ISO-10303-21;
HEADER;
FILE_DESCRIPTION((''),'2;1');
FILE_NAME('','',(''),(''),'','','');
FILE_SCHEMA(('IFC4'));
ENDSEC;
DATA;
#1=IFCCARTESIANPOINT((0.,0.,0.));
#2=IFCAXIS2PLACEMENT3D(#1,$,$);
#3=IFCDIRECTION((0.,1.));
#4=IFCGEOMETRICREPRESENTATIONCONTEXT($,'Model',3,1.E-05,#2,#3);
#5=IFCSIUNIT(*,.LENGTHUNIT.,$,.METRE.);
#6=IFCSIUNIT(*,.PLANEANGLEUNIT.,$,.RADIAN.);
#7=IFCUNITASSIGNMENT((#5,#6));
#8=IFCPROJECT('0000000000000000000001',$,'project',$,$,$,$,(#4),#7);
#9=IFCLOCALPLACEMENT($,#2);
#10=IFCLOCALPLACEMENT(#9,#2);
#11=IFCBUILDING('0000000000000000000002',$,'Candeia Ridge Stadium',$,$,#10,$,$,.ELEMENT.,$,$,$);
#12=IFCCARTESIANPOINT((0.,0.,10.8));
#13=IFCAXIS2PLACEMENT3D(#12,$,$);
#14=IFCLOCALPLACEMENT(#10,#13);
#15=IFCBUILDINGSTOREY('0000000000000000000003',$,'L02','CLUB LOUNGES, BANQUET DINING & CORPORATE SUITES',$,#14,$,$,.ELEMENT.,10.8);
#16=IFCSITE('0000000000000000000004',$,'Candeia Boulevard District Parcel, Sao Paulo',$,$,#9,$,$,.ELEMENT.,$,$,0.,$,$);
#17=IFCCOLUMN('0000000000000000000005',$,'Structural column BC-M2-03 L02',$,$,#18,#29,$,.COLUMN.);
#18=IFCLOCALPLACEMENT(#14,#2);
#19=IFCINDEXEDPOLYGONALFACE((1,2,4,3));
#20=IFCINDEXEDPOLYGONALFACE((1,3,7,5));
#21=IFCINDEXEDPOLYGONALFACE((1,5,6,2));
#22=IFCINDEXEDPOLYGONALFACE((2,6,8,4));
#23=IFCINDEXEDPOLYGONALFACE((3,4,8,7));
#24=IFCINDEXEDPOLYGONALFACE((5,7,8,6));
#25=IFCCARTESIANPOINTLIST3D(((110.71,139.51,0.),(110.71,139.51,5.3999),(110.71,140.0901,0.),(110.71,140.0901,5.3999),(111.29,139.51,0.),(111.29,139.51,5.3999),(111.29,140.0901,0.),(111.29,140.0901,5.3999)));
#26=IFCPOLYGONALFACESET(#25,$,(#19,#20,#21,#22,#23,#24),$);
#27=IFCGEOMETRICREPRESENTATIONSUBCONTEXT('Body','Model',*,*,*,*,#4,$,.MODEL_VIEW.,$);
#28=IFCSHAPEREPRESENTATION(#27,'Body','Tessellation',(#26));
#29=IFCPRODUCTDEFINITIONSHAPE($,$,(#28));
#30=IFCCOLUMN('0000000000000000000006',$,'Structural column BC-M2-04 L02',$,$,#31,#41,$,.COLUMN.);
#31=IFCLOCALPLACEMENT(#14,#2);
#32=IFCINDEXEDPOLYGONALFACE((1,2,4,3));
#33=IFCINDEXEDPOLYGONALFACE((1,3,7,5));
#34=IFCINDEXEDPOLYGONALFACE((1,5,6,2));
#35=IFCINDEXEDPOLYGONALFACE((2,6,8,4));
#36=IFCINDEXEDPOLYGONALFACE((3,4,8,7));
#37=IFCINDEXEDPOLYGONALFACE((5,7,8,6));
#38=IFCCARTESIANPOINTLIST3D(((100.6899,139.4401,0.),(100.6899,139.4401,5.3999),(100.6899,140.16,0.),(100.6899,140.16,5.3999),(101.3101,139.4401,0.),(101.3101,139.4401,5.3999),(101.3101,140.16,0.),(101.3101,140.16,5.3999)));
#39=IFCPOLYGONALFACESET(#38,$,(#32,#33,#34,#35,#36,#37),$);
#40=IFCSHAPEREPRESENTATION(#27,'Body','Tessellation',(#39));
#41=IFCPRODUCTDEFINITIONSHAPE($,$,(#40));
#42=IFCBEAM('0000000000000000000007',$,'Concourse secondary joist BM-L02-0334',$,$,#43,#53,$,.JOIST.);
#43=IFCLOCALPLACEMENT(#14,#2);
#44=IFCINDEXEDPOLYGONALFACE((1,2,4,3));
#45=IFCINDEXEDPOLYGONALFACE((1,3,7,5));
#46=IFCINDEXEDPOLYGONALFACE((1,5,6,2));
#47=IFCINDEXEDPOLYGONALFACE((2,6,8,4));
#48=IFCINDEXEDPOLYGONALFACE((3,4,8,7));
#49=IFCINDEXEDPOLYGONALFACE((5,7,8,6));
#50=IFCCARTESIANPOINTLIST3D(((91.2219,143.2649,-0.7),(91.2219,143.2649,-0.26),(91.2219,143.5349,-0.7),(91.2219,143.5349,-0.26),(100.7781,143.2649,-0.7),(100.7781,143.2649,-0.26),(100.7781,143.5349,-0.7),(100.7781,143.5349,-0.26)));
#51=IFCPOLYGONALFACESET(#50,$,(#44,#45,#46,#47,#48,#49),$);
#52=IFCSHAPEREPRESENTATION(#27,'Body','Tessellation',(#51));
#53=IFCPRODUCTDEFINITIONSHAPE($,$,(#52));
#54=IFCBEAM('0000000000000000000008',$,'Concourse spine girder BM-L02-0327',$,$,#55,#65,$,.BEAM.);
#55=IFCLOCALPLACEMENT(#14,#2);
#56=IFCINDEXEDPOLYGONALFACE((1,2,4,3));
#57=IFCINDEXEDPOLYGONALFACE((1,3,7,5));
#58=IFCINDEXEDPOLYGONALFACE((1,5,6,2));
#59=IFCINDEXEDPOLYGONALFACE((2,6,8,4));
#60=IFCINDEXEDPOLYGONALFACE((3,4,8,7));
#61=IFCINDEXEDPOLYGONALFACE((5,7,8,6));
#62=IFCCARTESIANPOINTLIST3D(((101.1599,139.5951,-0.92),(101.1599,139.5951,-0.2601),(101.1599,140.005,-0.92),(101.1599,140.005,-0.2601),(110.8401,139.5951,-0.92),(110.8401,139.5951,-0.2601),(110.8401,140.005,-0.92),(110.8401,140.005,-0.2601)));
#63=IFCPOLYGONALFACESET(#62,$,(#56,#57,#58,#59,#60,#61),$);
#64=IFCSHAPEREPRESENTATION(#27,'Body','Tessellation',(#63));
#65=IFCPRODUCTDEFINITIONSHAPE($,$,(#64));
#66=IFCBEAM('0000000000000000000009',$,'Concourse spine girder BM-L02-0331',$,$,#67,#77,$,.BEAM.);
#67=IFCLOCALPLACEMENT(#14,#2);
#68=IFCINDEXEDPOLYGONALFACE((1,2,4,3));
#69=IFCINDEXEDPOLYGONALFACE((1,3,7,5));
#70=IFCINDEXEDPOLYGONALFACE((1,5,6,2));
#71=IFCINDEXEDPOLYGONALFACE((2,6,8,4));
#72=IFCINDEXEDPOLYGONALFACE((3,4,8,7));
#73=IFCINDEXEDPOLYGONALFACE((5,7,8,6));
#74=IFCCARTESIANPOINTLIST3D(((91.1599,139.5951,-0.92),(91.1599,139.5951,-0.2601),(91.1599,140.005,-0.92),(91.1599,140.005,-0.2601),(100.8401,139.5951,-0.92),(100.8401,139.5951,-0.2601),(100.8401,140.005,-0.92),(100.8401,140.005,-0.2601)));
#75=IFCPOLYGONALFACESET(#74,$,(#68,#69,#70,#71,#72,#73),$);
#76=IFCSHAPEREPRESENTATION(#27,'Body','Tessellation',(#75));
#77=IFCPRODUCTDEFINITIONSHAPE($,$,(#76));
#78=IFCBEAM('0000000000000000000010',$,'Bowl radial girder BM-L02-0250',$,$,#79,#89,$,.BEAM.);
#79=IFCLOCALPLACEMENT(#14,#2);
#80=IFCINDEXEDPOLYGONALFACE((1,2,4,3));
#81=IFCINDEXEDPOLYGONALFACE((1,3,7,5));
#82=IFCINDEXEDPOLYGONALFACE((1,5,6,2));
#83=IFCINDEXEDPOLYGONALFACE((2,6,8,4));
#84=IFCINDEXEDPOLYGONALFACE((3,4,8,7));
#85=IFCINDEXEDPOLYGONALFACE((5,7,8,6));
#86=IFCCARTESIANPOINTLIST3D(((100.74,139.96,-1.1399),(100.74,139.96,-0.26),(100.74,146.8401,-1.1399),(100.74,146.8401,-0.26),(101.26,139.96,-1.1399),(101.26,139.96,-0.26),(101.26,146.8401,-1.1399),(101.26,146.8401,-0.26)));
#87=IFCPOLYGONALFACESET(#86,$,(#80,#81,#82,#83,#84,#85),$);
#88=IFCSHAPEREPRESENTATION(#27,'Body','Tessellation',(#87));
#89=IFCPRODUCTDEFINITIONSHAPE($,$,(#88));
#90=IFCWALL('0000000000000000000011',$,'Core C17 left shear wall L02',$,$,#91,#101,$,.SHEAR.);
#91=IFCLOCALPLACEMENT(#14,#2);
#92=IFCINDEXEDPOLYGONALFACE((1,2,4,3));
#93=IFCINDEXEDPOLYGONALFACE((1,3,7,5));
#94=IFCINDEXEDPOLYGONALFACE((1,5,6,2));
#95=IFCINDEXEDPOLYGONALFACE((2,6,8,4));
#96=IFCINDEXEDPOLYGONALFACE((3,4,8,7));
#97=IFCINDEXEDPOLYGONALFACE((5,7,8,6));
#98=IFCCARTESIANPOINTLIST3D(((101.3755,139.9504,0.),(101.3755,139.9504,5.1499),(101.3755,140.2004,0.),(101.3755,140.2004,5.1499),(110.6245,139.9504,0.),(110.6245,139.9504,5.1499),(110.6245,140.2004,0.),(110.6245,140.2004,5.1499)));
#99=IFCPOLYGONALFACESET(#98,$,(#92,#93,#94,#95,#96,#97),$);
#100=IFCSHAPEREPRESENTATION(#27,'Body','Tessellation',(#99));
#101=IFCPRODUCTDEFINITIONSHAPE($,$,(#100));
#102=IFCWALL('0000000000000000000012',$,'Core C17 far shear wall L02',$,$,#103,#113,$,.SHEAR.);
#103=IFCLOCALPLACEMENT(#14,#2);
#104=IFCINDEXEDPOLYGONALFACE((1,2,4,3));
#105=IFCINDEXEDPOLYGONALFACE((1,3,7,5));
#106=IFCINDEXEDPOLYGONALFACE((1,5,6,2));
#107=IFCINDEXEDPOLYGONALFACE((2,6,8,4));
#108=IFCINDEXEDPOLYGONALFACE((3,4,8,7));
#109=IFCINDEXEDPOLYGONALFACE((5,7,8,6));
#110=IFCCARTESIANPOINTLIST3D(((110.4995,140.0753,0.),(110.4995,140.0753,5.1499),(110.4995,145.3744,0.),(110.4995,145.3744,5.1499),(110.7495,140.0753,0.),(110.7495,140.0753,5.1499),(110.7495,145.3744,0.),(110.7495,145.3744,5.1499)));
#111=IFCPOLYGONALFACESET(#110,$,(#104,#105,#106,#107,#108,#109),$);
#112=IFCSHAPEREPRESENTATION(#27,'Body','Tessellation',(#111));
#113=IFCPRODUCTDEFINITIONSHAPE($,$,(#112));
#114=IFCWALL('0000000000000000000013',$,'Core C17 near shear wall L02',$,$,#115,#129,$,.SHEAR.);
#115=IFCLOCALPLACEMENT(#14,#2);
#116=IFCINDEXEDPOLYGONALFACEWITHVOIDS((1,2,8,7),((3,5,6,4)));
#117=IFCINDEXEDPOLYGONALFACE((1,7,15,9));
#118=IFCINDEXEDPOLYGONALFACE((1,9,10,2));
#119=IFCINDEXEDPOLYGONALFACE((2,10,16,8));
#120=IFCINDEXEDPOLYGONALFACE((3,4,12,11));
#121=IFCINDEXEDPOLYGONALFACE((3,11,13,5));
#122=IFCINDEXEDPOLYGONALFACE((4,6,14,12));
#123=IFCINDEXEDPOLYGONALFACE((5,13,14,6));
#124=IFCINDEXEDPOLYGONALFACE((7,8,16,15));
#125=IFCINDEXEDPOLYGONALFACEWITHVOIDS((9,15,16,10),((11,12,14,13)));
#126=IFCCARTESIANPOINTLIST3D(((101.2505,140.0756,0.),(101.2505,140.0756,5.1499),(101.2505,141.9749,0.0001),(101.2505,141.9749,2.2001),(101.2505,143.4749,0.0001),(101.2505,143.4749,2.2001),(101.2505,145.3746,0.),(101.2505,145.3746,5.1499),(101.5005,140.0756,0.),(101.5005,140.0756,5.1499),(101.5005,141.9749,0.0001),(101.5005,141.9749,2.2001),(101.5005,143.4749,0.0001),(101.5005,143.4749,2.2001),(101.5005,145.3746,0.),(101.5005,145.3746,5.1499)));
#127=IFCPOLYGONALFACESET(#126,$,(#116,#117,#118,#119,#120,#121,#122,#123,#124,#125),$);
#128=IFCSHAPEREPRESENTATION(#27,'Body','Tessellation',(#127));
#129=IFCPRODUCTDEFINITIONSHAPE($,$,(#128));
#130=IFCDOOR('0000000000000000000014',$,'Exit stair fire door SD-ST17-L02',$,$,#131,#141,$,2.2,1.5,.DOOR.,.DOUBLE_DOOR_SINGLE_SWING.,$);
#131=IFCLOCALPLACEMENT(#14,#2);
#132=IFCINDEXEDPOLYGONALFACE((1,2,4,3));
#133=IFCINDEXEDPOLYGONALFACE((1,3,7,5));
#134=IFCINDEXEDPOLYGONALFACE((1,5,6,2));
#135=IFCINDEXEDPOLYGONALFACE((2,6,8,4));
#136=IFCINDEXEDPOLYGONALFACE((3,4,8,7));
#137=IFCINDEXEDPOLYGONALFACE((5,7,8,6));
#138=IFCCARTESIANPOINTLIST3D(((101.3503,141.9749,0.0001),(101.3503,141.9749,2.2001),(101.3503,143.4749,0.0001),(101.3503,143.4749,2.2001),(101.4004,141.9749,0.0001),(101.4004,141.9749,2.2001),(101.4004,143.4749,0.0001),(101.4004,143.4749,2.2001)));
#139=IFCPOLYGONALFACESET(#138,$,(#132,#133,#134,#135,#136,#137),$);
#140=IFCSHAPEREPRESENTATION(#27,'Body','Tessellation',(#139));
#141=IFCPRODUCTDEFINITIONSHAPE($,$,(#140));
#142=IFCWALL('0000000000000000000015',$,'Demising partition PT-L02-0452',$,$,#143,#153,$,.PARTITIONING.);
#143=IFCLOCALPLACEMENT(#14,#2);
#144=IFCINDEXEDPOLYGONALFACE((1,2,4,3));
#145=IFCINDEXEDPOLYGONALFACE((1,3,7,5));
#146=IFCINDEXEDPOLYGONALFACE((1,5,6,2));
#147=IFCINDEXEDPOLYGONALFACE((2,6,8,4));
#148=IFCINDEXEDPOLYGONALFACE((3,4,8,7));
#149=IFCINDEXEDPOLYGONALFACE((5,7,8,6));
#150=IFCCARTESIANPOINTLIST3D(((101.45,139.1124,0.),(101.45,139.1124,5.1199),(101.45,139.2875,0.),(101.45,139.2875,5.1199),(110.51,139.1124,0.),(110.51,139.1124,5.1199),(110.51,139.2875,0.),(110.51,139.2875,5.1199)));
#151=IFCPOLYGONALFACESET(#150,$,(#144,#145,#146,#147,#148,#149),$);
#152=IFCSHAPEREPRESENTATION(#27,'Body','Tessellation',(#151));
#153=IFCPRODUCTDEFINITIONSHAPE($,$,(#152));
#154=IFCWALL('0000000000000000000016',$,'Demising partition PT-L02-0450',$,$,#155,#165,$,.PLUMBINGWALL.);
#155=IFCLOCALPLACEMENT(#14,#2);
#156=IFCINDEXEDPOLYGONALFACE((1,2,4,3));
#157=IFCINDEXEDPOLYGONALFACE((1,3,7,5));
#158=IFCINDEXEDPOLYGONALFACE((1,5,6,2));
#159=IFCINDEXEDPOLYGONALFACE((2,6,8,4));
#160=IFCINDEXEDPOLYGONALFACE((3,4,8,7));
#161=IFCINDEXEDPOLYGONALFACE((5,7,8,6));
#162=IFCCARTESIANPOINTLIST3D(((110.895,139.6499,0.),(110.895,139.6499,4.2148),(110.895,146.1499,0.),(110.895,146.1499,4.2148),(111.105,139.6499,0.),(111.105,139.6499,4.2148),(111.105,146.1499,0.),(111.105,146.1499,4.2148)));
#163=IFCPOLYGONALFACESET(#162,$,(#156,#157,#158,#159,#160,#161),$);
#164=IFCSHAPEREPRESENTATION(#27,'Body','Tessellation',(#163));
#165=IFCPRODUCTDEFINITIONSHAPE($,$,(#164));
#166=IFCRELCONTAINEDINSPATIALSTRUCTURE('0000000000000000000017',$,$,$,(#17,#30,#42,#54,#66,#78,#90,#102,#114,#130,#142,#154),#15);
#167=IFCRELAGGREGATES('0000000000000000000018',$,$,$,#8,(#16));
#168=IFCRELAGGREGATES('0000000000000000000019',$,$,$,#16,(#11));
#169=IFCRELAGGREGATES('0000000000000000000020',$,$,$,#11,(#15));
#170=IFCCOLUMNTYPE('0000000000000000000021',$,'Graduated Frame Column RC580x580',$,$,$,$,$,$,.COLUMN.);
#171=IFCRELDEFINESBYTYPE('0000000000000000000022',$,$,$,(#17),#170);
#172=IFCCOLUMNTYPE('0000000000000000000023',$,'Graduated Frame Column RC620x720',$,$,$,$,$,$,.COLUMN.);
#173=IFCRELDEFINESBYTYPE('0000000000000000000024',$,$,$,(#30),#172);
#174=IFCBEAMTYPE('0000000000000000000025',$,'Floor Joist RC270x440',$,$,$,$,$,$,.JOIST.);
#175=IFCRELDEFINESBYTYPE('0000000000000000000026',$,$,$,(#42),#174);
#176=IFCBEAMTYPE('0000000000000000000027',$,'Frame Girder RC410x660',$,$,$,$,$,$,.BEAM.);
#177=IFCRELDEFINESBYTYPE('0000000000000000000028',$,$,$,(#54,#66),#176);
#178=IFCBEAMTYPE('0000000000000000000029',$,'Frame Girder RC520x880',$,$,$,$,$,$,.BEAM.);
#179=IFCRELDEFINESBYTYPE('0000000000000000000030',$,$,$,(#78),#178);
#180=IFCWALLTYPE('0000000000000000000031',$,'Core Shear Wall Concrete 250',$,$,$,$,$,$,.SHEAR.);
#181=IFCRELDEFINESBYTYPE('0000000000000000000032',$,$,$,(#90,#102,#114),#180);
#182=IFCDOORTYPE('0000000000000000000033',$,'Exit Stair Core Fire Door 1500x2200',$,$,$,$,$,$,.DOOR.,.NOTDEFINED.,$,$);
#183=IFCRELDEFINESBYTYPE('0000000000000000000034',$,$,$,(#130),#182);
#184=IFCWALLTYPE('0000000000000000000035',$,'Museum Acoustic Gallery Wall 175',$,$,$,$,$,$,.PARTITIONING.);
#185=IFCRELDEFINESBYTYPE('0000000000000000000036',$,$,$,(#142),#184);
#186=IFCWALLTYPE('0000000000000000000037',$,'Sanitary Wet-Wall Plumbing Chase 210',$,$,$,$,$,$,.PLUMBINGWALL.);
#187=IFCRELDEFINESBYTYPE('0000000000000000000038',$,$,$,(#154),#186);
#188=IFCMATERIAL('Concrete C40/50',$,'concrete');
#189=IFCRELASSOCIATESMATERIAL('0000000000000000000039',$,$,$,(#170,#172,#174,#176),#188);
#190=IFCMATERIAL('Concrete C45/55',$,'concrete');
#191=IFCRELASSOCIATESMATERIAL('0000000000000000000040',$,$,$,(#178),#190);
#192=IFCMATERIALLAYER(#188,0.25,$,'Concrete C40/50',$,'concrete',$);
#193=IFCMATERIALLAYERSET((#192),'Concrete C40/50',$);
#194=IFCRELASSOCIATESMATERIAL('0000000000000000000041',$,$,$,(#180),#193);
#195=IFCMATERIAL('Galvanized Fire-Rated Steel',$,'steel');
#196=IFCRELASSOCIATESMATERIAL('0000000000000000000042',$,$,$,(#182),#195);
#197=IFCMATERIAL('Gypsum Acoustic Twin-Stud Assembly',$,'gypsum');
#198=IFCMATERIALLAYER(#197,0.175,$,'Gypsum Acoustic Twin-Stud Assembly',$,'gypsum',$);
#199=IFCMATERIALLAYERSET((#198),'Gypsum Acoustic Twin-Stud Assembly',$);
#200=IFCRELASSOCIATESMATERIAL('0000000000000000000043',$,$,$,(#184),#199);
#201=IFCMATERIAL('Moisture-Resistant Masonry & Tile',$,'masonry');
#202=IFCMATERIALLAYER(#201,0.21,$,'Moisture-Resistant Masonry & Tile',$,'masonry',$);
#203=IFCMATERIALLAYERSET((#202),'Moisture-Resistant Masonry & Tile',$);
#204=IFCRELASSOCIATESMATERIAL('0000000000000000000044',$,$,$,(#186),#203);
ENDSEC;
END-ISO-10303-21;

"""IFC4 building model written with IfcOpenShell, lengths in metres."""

from ifc_helpers import new_model, si_unit, direction, frame, frame_2d, origin, origin_2d, place, context, subcontext, project, spatial, rectangle, extrude, material, layer, layer_set, material_profile, profile_set, type_object, element, fill, save


model = new_model("IFC4")

# Units and contexts
model_context = context("Model", 3, precision=1e-05, world=origin(), true_north=direction((0.0, 1.0)))
body_context = subcontext(model_context, "Body", "Model", "MODEL_VIEW")
ifc_project = project(units=[si_unit("LENGTHUNIT", "METRE"), si_unit("PLANEANGLEUNIT", "RADIAN")], contexts=[model_context])

# Site, building, storey
site_placement = place(None, origin())
site = spatial("IfcSite", under=ifc_project, at=site_placement, Name="Candeia Boulevard District Parcel, Sao Paulo", CompositionType="ELEMENT", RefElevation=0.0)
building_placement = place(site_placement, origin())
building = spatial("IfcBuilding", under=site, at=building_placement, Name="Candeia Ridge Stadium", CompositionType="ELEMENT")
storey_placement = place(building_placement, frame((0.0, 0.0, 10.8)))
storey = spatial("IfcBuildingStorey", under=building, at=storey_placement, Name="L02", Description="CLUB LOUNGES, BANQUET DINING & CORPORATE SUITES", CompositionType="ELEMENT", Elevation=10.8)

# Columns
ifc_material_1 = material(Name="Concrete C40/50", Category="concrete")
ifc_material_profile_1 = material_profile(ifc_material_1, rectangle(XDim=0.5801, YDim=0.5801, at=origin_2d()), Name="RC580x580", Category="concrete")
ifc_profile_set_1 = profile_set([ifc_material_profile_1], Name="Concrete C40/50")
column_type_1 = type_object("IfcColumnType", Name="Graduated Frame Column RC580x580", PredefinedType="COLUMN", material=ifc_profile_set_1)
column_1_placement = place(storey_placement, frame((111.0, 139.8, 0.0), z_axis=(0.0, 0.0, 1.0), x_axis=(1.0, 0.0, 0.0)))
element("IfcColumn", 1, at=column_1_placement, inside=storey, type_object=column_type_1, Name="Structural column BC-M2-03 L02", PredefinedType="COLUMN", context=body_context, shape_type="SweptSolid", body=[
    extrude(rectangle(XDim=0.5801, YDim=0.5801, at=origin_2d()), origin(), (0.0, 0.0, 1.0), 5.3999),
])
ifc_material_profile_2 = material_profile(ifc_material_1, rectangle(XDim=0.6201, YDim=0.72, at=origin_2d()), Name="RC620x720", Category="concrete")
ifc_profile_set_2 = profile_set([ifc_material_profile_2], Name="Concrete C40/50")
column_type_2 = type_object("IfcColumnType", Name="Graduated Frame Column RC620x720", PredefinedType="COLUMN", material=ifc_profile_set_2)
column_2_placement = place(storey_placement, frame((101.0, 139.8, 0.0), z_axis=(0.0, 0.0, 1.0), x_axis=(1.0, 0.0, 0.0)))
element("IfcColumn", 2, at=column_2_placement, inside=storey, type_object=column_type_2, Name="Structural column BC-M2-04 L02", PredefinedType="COLUMN", context=body_context, shape_type="SweptSolid", body=[
    extrude(rectangle(XDim=0.6201, YDim=0.72, at=origin_2d()), origin(), (0.0, 0.0, 1.0), 5.3999),
])

# Beams
ifc_material_profile_3 = material_profile(ifc_material_1, rectangle(XDim=0.27, YDim=0.4399, at=origin_2d()), Name="RC270x440", Category="concrete")
ifc_profile_set_3 = profile_set([ifc_material_profile_3], Name="Concrete C40/50")
beam_type_1 = type_object("IfcBeamType", Name="Floor Joist RC270x440", PredefinedType="JOIST", material=ifc_profile_set_3)
beam_1_placement = place(storey_placement, frame((100.7781, 143.3999, -0.48), z_axis=(-1.0, 0.0, 0.0), x_axis=(0.0, -1.0, 0.0)))
element("IfcBeam", 3, at=beam_1_placement, inside=storey, type_object=beam_type_1, Name="Concourse secondary joist BM-L02-0334", PredefinedType="JOIST", context=body_context, shape_type="SweptSolid", body=[
    extrude(rectangle(XDim=0.27, YDim=0.4399, at=origin_2d()), origin(), (0.0, 0.0, 1.0), 9.5562),
])
ifc_material_profile_4 = material_profile(ifc_material_1, rectangle(XDim=0.4099, YDim=0.6599, at=origin_2d()), Name="RC410x660", Category="concrete")
ifc_profile_set_4 = profile_set([ifc_material_profile_4], Name="Concrete C40/50")
beam_type_2 = type_object("IfcBeamType", Name="Frame Girder RC410x660", PredefinedType="BEAM", material=ifc_profile_set_4)
for number, where, z_axis, x_axis, name in (
    (4, (110.8401, 139.8, -0.5901), (-1.0, 0.0, 0.0), (0.0, -1.0, 0.0), "Concourse spine girder BM-L02-0327"),
    (5, (100.8401, 139.8, -0.5901), (-1.0, 0.0, 0.0), (0.0, -1.0, 0.0), "Concourse spine girder BM-L02-0331"),
):
    element("IfcBeam", number, at=place(storey_placement, frame(where, z_axis=z_axis, x_axis=x_axis)), inside=storey, type_object=beam_type_2, Name=name, PredefinedType="BEAM", context=body_context, shape_type="SweptSolid", body=[
        extrude(rectangle(XDim=0.4099, YDim=0.6599, at=origin_2d()), origin(), (0.0, 0.0, 1.0), 9.6802),
    ])
ifc_material_2 = material(Name="Concrete C45/55", Category="concrete")
ifc_material_profile_5 = material_profile(ifc_material_2, rectangle(XDim=0.52, YDim=0.8799, at=origin_2d()), Name="RC520x880", Category="concrete")
ifc_profile_set_5 = profile_set([ifc_material_profile_5], Name="Concrete C45/55")
beam_type_3 = type_object("IfcBeamType", Name="Frame Girder RC520x880", PredefinedType="BEAM", material=ifc_profile_set_5)
beam_2_placement = place(storey_placement, frame((101.0, 139.96, -0.7), z_axis=(0.0, 1.0, 0.0), x_axis=(-1.0, 0.0, 0.0)))
element("IfcBeam", 6, at=beam_2_placement, inside=storey, type_object=beam_type_3, Name="Bowl radial girder BM-L02-0250", PredefinedType="BEAM", context=body_context, shape_type="SweptSolid", body=[
    extrude(rectangle(XDim=0.52, YDim=0.8799, at=origin_2d()), origin(), (0.0, 0.0, 1.0), 6.8801),
])

# Walls
ifc_layer_1 = layer(ifc_material_1, 0.25, Name="Concrete C40/50", Category="concrete")
ifc_layer_set_1 = layer_set([ifc_layer_1], Name="Concrete C40/50")
wall_type_1 = type_object("IfcWallType", Name="Core Shear Wall Concrete 250", PredefinedType="SHEAR", material=ifc_layer_set_1)
wall_1_placement = place(storey_placement, frame((101.3755, 140.0754, 0.0), z_axis=(0.0, 0.0, 1.0), x_axis=(1.0, 0.0, 0.0)))
element("IfcWall", 7, at=wall_1_placement, inside=storey, type_object=wall_type_1, Name="Core C17 left shear wall L02", PredefinedType="SHEAR", context=body_context, shape_type="SweptSolid", body=[
    extrude(rectangle(XDim=9.249, YDim=0.25, at=frame_2d((4.6245, 0.0))), origin(), (0.0, 0.0, 1.0), 5.1499),
])
wall_2_placement = place(storey_placement, frame((110.6245, 140.0754, 0.0), z_axis=(0.0, 0.0, 1.0), x_axis=(0.0, 1.0, 0.0)))
element("IfcWall", 8, at=wall_2_placement, inside=storey, type_object=wall_type_1, Name="Core C17 far shear wall L02", PredefinedType="SHEAR", context=body_context, shape_type="SweptSolid", body=[
    extrude(rectangle(XDim=5.2991, YDim=0.25, at=frame_2d((2.6494, 0.0))), origin(), (0.0, 0.0, 1.0), 5.1499),
])

# Wall, opening, door
wall_3_placement = place(storey_placement, frame((101.3755, 145.3745, 0.0), z_axis=(0.0, 0.0, 1.0), x_axis=(0.0, -1.0, 0.0)))
wall_3 = element("IfcWall", 9, at=wall_3_placement, inside=storey, type_object=wall_type_1, Name="Core C17 near shear wall L02", PredefinedType="SHEAR", context=body_context, shape_type="SweptSolid", body=[
    extrude(rectangle(XDim=5.2991, YDim=0.25, at=frame_2d((2.6494, 0.0))), origin(), (0.0, 0.0, 1.0), 5.1499),
])
opening_placement = place(wall_3_placement, frame((1.8997, 0.0, 0.0)))
opening = element("IfcOpeningElement", 10, at=opening_placement, cuts=wall_3, PredefinedType="OPENING", context=body_context, shape_type="SweptSolid", body=[
    extrude(rectangle(XDim=1.5, YDim=2.2, at=frame_2d((0.75, 1.1001))), frame((0.0, 0.135, 0.0), z_axis=(0.0, -1.0, 0.0), x_axis=(1.0, 0.0, 0.0)), (0.0, 0.0, 1.0), 0.27),
])
ifc_material_3 = material(Name="Galvanized Fire-Rated Steel", Category="steel")
door_type = type_object("IfcDoorType", Name="Exit Stair Core Fire Door 1500x2200", OperationType="NOTDEFINED", PredefinedType="DOOR", material=ifc_material_3)
door_placement = place(opening_placement, origin())
door = element("IfcDoor", 11, at=door_placement, inside=storey, type_object=door_type, Name="Exit stair fire door SD-ST17-L02", OperationType="DOUBLE_DOOR_SINGLE_SWING", OverallHeight=2.2, OverallWidth=1.5, PredefinedType="DOOR", context=body_context, shape_type="SweptSolid", body=[
    extrude(rectangle(XDim=1.5, YDim=2.2, at=frame_2d((0.75, 1.1001))), frame((0.0, 0.0249, 0.0), z_axis=(0.0, -1.0, 0.0), x_axis=(1.0, 0.0, 0.0)), (0.0, 0.0, 1.0), 0.05),
])
fill(opening, door)

# Walls
ifc_material_4 = material(Name="Gypsum Acoustic Twin-Stud Assembly", Category="gypsum")
ifc_layer_2 = layer(ifc_material_4, 0.175, Name="Gypsum Acoustic Twin-Stud Assembly", Category="gypsum")
ifc_layer_set_2 = layer_set([ifc_layer_2], Name="Gypsum Acoustic Twin-Stud Assembly")
wall_type_2 = type_object("IfcWallType", Name="Museum Acoustic Gallery Wall 175", PredefinedType="PARTITIONING", material=ifc_layer_set_2)
wall_4_placement = place(storey_placement, frame((110.51, 139.2, 0.0), z_axis=(0.0, 0.0, 1.0), x_axis=(-1.0, 0.0, 0.0)))
element("IfcWall", 12, at=wall_4_placement, inside=storey, type_object=wall_type_2, Name="Demising partition PT-L02-0452", PredefinedType="PARTITIONING", context=body_context, shape_type="SweptSolid", body=[
    extrude(rectangle(XDim=9.0601, YDim=0.175, at=frame_2d((4.53, 0.0))), origin(), (0.0, 0.0, 1.0), 5.1199),
])
ifc_material_5 = material(Name="Moisture-Resistant Masonry & Tile", Category="masonry")
ifc_layer_3 = layer(ifc_material_5, 0.21, Name="Moisture-Resistant Masonry & Tile", Category="masonry")
ifc_layer_set_3 = layer_set([ifc_layer_3], Name="Moisture-Resistant Masonry & Tile")
wall_type_3 = type_object("IfcWallType", Name="Sanitary Wet-Wall Plumbing Chase 210", PredefinedType="PLUMBINGWALL", material=ifc_layer_set_3)
wall_5_placement = place(storey_placement, frame((111.0, 139.6499, 0.0), z_axis=(0.0, 0.0, 1.0), x_axis=(0.0, 1.0, 0.0)))
element("IfcWall", 13, at=wall_5_placement, inside=storey, type_object=wall_type_3, Name="Demising partition PT-L02-0450", PredefinedType="PLUMBINGWALL", context=body_context, shape_type="SweptSolid", body=[
    extrude(rectangle(XDim=6.5, YDim=0.21, at=frame_2d((3.25, 0.0))), origin(), (0.0, 0.0, 1.0), 4.2148),
])

save(model, "model.ifc")
